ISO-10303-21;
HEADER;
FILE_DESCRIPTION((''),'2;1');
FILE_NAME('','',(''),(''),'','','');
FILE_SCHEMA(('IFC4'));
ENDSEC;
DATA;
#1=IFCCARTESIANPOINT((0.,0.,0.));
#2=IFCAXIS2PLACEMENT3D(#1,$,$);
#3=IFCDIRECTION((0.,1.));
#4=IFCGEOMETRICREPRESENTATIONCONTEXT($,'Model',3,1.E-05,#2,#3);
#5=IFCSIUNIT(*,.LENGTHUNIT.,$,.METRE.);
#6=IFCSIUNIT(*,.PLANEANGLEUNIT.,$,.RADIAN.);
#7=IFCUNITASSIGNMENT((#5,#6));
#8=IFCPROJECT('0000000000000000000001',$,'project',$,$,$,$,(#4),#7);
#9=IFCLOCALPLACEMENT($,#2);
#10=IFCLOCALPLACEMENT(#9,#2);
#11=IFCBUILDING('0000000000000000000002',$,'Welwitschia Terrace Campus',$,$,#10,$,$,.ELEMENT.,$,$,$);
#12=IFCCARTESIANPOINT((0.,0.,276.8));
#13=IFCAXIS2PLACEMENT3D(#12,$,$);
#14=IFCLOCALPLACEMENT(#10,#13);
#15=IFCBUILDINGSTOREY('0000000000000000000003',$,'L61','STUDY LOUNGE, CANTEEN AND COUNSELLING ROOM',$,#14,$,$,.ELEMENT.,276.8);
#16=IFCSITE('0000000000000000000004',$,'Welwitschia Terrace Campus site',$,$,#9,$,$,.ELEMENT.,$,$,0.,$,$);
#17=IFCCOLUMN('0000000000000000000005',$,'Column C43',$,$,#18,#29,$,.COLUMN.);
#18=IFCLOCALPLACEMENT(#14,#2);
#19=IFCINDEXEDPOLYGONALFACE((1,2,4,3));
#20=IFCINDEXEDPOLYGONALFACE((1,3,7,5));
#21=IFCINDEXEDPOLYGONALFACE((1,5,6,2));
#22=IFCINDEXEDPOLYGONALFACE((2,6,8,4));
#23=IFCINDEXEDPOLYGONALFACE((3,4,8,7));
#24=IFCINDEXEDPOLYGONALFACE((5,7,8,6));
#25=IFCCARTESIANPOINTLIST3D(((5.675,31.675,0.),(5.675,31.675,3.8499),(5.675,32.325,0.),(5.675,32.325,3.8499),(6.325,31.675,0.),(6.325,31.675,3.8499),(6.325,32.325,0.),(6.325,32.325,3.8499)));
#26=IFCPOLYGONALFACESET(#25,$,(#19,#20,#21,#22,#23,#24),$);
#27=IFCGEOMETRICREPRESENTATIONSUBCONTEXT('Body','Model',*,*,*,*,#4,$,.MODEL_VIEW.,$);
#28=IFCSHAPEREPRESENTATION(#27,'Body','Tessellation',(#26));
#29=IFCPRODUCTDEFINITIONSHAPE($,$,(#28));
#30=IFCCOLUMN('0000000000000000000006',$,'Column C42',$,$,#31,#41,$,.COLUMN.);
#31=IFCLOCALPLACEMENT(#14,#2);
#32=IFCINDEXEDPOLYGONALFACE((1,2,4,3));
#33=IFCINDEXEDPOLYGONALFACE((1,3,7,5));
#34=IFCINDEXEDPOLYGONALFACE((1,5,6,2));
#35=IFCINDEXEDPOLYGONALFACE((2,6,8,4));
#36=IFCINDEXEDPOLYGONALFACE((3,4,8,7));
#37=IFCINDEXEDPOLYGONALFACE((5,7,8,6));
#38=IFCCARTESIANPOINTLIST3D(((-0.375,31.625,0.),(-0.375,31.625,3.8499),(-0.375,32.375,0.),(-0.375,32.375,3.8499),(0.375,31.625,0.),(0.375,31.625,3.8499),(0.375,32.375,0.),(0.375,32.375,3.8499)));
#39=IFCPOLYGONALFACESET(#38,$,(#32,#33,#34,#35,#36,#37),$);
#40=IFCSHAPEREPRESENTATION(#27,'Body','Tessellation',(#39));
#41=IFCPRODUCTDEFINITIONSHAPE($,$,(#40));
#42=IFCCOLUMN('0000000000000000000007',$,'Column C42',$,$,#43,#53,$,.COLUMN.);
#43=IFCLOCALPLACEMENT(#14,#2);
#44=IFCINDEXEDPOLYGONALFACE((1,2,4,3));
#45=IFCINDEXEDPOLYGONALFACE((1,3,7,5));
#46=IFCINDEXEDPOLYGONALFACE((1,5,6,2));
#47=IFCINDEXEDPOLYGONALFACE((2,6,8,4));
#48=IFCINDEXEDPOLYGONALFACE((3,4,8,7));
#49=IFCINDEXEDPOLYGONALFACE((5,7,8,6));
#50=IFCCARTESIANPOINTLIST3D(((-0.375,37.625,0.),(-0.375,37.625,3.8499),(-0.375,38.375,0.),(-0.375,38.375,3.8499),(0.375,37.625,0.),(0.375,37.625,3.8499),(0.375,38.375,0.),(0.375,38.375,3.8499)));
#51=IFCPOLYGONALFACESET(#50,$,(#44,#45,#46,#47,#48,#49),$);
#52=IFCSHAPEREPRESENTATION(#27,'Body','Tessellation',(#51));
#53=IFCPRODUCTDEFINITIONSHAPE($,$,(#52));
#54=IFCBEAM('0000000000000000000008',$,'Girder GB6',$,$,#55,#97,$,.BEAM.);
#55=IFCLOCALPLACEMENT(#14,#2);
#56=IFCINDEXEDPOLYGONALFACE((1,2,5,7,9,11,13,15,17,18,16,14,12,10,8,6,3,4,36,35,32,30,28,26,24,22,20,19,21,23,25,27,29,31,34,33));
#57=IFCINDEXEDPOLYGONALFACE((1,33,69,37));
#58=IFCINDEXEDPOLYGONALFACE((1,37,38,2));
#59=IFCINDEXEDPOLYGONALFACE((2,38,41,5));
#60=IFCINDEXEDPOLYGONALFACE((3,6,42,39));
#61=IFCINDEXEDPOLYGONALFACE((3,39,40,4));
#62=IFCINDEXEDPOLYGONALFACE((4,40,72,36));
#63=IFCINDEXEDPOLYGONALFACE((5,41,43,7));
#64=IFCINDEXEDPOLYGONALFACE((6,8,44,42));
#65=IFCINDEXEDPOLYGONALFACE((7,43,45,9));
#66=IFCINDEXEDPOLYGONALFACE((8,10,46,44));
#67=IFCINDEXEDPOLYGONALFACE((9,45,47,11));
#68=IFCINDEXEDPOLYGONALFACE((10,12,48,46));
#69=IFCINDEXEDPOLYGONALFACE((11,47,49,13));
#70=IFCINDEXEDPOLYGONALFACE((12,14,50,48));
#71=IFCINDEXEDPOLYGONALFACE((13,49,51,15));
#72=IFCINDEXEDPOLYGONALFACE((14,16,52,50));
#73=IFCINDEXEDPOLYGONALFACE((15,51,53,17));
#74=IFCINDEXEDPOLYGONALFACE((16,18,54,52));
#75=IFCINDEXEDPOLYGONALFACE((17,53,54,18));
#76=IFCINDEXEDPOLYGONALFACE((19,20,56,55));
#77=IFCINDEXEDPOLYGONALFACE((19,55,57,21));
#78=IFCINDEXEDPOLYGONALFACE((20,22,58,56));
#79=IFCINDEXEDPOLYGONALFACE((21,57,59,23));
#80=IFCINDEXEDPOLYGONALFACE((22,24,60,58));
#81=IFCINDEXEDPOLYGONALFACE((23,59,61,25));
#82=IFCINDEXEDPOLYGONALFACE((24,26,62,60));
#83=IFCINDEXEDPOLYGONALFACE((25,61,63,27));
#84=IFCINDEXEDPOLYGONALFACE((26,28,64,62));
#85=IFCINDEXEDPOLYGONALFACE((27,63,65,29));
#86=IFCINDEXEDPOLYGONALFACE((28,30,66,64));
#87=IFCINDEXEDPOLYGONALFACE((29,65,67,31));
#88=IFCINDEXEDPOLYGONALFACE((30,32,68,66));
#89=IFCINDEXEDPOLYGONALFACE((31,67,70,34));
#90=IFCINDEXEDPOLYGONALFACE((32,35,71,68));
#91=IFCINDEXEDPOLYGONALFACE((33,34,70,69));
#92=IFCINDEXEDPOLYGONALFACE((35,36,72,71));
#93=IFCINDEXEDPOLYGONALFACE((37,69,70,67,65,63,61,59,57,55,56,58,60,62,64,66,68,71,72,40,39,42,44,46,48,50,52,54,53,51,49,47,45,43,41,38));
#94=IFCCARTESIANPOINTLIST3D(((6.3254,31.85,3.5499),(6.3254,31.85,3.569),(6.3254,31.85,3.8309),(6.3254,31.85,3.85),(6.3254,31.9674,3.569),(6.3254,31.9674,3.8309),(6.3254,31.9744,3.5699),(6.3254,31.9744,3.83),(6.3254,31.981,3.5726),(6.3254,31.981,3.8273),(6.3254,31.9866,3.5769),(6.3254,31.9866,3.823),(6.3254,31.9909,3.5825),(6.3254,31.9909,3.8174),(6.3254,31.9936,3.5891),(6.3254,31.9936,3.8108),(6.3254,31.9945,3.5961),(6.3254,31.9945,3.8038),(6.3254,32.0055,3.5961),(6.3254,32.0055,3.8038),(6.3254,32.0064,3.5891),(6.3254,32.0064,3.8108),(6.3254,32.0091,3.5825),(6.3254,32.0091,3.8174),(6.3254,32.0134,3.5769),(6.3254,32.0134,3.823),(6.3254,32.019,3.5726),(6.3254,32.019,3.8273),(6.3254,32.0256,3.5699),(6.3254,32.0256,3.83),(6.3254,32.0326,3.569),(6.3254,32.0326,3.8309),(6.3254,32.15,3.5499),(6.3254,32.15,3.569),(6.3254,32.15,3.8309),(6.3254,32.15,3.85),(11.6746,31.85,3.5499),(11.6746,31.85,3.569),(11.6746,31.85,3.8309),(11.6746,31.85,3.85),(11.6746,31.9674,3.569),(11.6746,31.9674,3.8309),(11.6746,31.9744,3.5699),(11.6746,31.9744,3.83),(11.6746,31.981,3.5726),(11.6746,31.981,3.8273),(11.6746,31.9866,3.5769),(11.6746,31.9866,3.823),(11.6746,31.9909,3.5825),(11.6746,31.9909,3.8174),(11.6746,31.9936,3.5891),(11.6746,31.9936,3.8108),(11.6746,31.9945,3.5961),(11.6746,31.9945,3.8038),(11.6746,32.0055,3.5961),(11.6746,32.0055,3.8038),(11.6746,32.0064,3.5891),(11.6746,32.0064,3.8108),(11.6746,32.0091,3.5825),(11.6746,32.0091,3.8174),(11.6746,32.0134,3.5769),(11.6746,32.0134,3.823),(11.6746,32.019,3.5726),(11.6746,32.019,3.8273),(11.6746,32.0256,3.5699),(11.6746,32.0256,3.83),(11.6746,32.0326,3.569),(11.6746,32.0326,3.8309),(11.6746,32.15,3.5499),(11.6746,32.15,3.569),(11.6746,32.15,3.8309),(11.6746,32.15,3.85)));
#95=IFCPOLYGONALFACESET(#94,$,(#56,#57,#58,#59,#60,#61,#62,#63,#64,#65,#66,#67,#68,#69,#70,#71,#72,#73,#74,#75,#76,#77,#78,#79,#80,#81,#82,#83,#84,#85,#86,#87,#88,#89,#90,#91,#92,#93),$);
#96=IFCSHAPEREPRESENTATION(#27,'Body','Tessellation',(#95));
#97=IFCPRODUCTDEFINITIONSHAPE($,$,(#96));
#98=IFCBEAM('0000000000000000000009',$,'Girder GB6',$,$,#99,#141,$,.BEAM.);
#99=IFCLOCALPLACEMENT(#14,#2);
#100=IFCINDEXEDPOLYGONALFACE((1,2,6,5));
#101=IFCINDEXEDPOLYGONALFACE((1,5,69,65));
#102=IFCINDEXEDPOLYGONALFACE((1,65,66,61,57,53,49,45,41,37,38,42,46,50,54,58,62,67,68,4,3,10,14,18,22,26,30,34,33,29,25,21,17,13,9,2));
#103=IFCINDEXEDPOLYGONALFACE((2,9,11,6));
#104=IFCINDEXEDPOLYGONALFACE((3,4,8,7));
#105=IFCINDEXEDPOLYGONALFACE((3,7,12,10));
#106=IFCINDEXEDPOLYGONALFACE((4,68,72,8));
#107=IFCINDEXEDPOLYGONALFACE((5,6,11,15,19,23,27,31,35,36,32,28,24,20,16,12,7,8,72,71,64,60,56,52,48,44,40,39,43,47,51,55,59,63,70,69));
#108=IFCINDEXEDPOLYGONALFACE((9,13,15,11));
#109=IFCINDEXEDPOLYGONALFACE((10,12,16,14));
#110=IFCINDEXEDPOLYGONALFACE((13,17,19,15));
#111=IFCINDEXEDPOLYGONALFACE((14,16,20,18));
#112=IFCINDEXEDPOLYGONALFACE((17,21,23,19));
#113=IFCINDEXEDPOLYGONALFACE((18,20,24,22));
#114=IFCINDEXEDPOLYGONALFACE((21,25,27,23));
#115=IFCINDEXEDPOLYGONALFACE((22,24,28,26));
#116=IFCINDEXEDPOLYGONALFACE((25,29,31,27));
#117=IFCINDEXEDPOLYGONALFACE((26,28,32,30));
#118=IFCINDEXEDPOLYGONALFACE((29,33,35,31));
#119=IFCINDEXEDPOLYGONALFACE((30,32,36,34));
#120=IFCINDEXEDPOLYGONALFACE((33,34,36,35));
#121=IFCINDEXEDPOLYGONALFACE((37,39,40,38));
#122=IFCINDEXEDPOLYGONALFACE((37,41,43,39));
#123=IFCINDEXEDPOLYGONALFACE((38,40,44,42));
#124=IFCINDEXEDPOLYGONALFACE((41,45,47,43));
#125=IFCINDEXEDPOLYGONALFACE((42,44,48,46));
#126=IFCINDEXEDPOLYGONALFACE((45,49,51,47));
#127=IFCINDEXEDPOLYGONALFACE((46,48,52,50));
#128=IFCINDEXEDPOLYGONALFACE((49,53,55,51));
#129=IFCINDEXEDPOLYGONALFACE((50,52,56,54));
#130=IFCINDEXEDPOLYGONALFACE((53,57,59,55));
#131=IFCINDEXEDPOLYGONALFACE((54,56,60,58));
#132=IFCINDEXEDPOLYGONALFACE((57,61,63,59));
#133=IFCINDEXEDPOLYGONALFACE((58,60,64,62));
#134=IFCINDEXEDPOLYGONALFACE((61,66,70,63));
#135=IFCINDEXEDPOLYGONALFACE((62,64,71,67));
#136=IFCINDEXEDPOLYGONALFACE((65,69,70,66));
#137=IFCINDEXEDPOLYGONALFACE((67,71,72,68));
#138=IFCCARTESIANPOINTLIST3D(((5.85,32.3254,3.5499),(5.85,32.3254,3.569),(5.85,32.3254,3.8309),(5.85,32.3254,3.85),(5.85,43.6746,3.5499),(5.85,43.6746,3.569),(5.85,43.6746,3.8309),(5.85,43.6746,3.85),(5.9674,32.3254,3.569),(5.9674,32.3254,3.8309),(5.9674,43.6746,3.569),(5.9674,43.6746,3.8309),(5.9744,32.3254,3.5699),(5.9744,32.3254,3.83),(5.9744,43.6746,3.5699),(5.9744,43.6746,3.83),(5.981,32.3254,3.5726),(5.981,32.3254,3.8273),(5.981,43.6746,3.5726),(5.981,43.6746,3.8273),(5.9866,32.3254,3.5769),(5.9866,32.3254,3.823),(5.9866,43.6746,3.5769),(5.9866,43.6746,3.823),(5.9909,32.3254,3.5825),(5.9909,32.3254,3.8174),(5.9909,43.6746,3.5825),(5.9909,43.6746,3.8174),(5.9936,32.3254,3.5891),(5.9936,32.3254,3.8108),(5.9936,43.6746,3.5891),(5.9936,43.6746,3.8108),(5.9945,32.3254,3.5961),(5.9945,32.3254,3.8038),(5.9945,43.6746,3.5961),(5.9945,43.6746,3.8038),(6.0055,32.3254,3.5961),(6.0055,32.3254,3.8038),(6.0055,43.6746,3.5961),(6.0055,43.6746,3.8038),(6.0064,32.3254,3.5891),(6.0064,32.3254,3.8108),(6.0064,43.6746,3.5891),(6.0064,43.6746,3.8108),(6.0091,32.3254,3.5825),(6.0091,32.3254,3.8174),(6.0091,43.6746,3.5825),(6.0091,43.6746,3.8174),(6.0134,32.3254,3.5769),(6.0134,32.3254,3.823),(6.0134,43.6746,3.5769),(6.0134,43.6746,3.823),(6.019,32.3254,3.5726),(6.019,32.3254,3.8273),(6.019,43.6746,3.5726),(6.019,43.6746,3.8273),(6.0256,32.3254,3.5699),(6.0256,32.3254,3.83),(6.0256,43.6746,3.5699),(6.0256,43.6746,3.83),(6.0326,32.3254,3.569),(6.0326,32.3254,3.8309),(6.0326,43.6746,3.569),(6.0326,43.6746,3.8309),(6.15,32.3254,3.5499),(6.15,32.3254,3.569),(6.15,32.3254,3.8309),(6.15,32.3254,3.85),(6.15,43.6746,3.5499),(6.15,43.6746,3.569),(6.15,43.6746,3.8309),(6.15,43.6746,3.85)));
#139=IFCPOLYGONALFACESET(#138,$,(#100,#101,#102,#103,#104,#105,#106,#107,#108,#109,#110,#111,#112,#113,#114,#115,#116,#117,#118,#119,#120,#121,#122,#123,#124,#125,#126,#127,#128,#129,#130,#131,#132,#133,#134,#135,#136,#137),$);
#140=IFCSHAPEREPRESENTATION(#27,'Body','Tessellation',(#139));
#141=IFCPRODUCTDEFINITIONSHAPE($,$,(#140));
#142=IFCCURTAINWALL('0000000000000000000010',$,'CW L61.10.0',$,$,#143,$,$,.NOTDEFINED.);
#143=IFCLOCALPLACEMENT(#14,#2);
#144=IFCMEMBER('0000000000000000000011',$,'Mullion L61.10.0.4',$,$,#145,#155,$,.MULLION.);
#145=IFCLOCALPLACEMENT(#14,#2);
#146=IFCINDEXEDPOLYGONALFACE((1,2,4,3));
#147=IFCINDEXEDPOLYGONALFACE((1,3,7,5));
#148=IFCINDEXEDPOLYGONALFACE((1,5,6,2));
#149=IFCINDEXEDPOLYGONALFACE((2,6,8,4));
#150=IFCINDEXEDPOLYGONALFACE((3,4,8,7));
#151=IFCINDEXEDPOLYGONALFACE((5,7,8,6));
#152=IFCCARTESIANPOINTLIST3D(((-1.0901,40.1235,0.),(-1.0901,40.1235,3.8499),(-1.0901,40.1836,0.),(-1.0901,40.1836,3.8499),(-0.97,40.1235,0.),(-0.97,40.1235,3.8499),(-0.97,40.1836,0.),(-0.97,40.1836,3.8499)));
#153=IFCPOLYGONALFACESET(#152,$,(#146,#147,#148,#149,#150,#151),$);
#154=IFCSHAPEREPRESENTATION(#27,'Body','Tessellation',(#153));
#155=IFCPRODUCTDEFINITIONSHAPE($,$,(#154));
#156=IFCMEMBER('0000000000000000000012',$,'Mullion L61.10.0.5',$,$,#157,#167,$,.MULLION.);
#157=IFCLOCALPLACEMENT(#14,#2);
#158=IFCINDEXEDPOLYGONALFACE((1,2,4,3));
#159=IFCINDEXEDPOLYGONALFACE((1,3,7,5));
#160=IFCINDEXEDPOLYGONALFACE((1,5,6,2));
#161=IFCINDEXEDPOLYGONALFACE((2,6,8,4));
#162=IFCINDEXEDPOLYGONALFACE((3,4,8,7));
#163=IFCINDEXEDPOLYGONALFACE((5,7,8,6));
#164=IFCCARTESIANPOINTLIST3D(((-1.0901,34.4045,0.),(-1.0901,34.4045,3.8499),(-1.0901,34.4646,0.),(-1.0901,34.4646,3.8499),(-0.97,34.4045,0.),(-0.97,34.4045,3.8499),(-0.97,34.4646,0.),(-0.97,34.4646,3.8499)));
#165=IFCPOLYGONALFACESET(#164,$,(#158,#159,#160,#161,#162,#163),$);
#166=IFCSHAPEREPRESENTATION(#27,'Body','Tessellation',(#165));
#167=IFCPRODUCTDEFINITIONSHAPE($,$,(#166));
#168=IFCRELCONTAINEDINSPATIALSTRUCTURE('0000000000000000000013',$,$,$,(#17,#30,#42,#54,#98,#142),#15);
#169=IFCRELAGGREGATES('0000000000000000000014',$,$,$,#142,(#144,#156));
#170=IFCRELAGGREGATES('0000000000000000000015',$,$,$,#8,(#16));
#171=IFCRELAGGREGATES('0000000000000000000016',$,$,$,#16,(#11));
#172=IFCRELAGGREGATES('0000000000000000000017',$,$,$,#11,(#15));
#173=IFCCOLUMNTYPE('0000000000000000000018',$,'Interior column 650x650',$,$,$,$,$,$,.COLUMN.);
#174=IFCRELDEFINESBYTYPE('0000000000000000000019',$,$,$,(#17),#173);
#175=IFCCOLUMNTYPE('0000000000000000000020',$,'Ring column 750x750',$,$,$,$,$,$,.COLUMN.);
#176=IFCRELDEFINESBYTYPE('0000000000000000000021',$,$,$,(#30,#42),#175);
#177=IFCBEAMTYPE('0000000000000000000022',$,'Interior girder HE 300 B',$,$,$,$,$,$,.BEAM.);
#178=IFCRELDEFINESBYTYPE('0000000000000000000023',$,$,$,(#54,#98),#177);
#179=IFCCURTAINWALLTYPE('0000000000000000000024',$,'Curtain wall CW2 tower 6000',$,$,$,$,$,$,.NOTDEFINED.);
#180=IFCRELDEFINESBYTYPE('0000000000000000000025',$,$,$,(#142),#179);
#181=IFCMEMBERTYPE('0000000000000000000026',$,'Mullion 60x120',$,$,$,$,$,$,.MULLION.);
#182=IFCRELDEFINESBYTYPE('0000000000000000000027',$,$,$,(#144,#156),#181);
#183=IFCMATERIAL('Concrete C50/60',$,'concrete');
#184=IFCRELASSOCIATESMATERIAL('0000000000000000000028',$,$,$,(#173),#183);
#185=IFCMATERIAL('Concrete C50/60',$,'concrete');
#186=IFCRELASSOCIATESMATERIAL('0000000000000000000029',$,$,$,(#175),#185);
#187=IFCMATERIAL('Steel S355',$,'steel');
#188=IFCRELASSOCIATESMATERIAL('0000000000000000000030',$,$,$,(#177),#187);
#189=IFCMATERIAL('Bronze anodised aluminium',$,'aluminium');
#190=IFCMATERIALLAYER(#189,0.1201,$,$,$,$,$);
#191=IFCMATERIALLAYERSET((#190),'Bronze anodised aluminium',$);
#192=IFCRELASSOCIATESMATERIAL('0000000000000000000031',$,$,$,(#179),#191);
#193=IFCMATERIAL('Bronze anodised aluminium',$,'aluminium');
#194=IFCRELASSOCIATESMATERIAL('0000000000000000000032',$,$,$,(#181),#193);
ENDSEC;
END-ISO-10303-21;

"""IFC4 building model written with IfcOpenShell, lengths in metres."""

from ifc_helpers import new_model, si_unit, direction, frame, origin, origin_2d, place, context, subcontext, project, spatial, rectangle, i_section, extrude, material, layer, layer_set, material_profile, profile_set, type_object, element, aggregate, save


model = new_model("IFC4")

# Units and contexts
model_context = context("Model", 3, precision=1e-05, world=origin(), true_north=direction((0.0, 1.0)))
body_context = subcontext(model_context, "Body", "Model", "MODEL_VIEW")
ifc_project = project(units=[si_unit("LENGTHUNIT", "METRE"), si_unit("PLANEANGLEUNIT", "RADIAN")], contexts=[model_context])

# Site, building, storey
site_placement = place(None, origin())
site = spatial("IfcSite", under=ifc_project, at=site_placement, Name="Welwitschia Terrace Campus site", CompositionType="ELEMENT", RefElevation=0.0)
building_placement = place(site_placement, origin())
building = spatial("IfcBuilding", under=site, at=building_placement, Name="Welwitschia Terrace Campus", CompositionType="ELEMENT")
storey_placement = place(building_placement, frame((0.0, 0.0, 276.8)))
storey = spatial("IfcBuildingStorey", under=building, at=storey_placement, Name="L61", Description="STUDY LOUNGE, CANTEEN AND COUNSELLING ROOM", CompositionType="ELEMENT", Elevation=276.8)

# Columns
ifc_material_1 = material(Name="Concrete C50/60", Category="concrete")
ifc_material_profile_1 = material_profile(ifc_material_1, rectangle(XDim=0.6499, YDim=0.6499, at=origin_2d()))
ifc_profile_set_1 = profile_set([ifc_material_profile_1], Name="Concrete C50/60")
column_type_1 = type_object("IfcColumnType", Name="Interior column 650x650", PredefinedType="COLUMN", material=ifc_profile_set_1)
column_placement = place(storey_placement, frame((6.0, 32.0, 0.0), z_axis=(0.0, 0.0, 1.0), x_axis=(1.0, 0.0, 0.0)))
element("IfcColumn", 1, at=column_placement, inside=storey, type_object=column_type_1, Name="Column C43", PredefinedType="COLUMN", context=body_context, shape_type="SweptSolid", body=[
    extrude(rectangle(XDim=0.6499, YDim=0.6499, at=origin_2d()), origin(), (0.0, 0.0, 1.0), 3.8499),
])
ifc_material_2 = material(Name="Concrete C50/60", Category="concrete")
ifc_material_profile_2 = material_profile(ifc_material_2, rectangle(XDim=0.75, YDim=0.75, at=origin_2d()))
ifc_profile_set_2 = profile_set([ifc_material_profile_2], Name="Concrete C50/60")
column_type_2 = type_object("IfcColumnType", Name="Ring column 750x750", PredefinedType="COLUMN", material=ifc_profile_set_2)
for number, where, z_axis, x_axis, name in (
    (2, (0.0, 32.0, 0.0), (0.0, 0.0, 1.0), (1.0, 0.0, 0.0), "Column C42"),
    (3, (0.0, 38.0, 0.0), (0.0, 0.0, 1.0), (1.0, 0.0, 0.0), "Column C42"),
):
    element("IfcColumn", number, at=place(storey_placement, frame(where, z_axis=z_axis, x_axis=x_axis)), inside=storey, type_object=column_type_2, Name=name, PredefinedType="COLUMN", context=body_context, shape_type="SweptSolid", body=[
        extrude(rectangle(XDim=0.75, YDim=0.75, at=origin_2d()), origin(), (0.0, 0.0, 1.0), 3.8499),
    ])

# Beams
ifc_material_3 = material(Name="Steel S355", Category="steel")
ifc_material_profile_3 = material_profile(ifc_material_3, i_section(OverallWidth=0.3, OverallDepth=0.3, WebThickness=0.011, FlangeThickness=0.019, FilletRadius=0.0271, at=origin_2d()))
ifc_profile_set_3 = profile_set([ifc_material_profile_3], Name="Steel S355")
beam_type_1 = type_object("IfcBeamType", Name="Interior girder HE 300 B", PredefinedType="BEAM", material=ifc_profile_set_3)
beam_1_placement = place(storey_placement, frame((6.3254, 32.0, 3.7), z_axis=(1.0, 0.0, 0.0), x_axis=(0.0, 1.0, 0.0)))
element("IfcBeam", 4, at=beam_1_placement, inside=storey, type_object=beam_type_1, Name="Girder GB6", PredefinedType="BEAM", context=body_context, shape_type="SweptSolid", body=[
    extrude(i_section(OverallWidth=0.3, OverallDepth=0.3, WebThickness=0.011, FlangeThickness=0.019, FilletRadius=0.0271, at=origin_2d()), origin(), (0.0, 0.0, 1.0), 5.3491),
])
beam_2_placement = place(storey_placement, frame((6.0, 32.3254, 3.7), z_axis=(0.0, 1.0, 0.0), x_axis=(-1.0, 0.0, 0.0)))
element("IfcBeam", 5, at=beam_2_placement, inside=storey, type_object=beam_type_1, Name="Girder GB6", PredefinedType="BEAM", context=body_context, shape_type="SweptSolid", body=[
    extrude(i_section(OverallWidth=0.3, OverallDepth=0.3, WebThickness=0.011, FlangeThickness=0.019, FilletRadius=0.0271, at=origin_2d()), origin(), (0.0, 0.0, 1.0), 11.3491),
])

# Curtain wall, members
ifc_material_4 = material(Name="Bronze anodised aluminium", Category="aluminium")
ifc_layer_1 = layer(ifc_material_4, 0.1201)
ifc_layer_set_1 = layer_set([ifc_layer_1], Name="Bronze anodised aluminium")
curtain_wall_type = type_object("IfcCurtainWallType", Name="Curtain wall CW2 tower 6000", PredefinedType="NOTDEFINED", material=ifc_layer_set_1)
curtain_wall_placement = place(storey_placement, origin())
curtain_wall = element("IfcCurtainWall", 6, at=curtain_wall_placement, inside=storey, type_object=curtain_wall_type, Name="CW L61.10.0", PredefinedType="NOTDEFINED")
ifc_material_5 = material(Name="Bronze anodised aluminium", Category="aluminium")
ifc_material_profile_4 = material_profile(ifc_material_5, rectangle(XDim=0.1201, YDim=0.0601, at=origin_2d()))
ifc_profile_set_4 = profile_set([ifc_material_profile_4], Name="Bronze anodised aluminium")
member_type = type_object("IfcMemberType", Name="Mullion 60x120", PredefinedType="MULLION", material=ifc_profile_set_4)
member_1_placement = place(storey_placement, frame((-1.03, 40.1536, 0.0), z_axis=(0.0, 0.0, 1.0), x_axis=(1.0, 0.0, 0.0)))
member_1 = element("IfcMember", 7, at=member_1_placement, type_object=member_type, Name="Mullion L61.10.0.4", PredefinedType="MULLION", context=body_context, shape_type="SweptSolid", body=[
    extrude(rectangle(XDim=0.1201, YDim=0.0601, at=origin_2d()), origin(), (0.0, 0.0, 1.0), 3.8499),
])
member_2_placement = place(storey_placement, frame((-1.03, 34.4346, 0.0), z_axis=(0.0, 0.0, 1.0), x_axis=(1.0, 0.0, 0.0)))
member_2 = element("IfcMember", 8, at=member_2_placement, type_object=member_type, Name="Mullion L61.10.0.5", PredefinedType="MULLION", context=body_context, shape_type="SweptSolid", body=[
    extrude(rectangle(XDim=0.1201, YDim=0.0601, at=origin_2d()), origin(), (0.0, 0.0, 1.0), 3.8499),
])

aggregate(curtain_wall, [member_1, member_2])

save(model, "model.ifc")
